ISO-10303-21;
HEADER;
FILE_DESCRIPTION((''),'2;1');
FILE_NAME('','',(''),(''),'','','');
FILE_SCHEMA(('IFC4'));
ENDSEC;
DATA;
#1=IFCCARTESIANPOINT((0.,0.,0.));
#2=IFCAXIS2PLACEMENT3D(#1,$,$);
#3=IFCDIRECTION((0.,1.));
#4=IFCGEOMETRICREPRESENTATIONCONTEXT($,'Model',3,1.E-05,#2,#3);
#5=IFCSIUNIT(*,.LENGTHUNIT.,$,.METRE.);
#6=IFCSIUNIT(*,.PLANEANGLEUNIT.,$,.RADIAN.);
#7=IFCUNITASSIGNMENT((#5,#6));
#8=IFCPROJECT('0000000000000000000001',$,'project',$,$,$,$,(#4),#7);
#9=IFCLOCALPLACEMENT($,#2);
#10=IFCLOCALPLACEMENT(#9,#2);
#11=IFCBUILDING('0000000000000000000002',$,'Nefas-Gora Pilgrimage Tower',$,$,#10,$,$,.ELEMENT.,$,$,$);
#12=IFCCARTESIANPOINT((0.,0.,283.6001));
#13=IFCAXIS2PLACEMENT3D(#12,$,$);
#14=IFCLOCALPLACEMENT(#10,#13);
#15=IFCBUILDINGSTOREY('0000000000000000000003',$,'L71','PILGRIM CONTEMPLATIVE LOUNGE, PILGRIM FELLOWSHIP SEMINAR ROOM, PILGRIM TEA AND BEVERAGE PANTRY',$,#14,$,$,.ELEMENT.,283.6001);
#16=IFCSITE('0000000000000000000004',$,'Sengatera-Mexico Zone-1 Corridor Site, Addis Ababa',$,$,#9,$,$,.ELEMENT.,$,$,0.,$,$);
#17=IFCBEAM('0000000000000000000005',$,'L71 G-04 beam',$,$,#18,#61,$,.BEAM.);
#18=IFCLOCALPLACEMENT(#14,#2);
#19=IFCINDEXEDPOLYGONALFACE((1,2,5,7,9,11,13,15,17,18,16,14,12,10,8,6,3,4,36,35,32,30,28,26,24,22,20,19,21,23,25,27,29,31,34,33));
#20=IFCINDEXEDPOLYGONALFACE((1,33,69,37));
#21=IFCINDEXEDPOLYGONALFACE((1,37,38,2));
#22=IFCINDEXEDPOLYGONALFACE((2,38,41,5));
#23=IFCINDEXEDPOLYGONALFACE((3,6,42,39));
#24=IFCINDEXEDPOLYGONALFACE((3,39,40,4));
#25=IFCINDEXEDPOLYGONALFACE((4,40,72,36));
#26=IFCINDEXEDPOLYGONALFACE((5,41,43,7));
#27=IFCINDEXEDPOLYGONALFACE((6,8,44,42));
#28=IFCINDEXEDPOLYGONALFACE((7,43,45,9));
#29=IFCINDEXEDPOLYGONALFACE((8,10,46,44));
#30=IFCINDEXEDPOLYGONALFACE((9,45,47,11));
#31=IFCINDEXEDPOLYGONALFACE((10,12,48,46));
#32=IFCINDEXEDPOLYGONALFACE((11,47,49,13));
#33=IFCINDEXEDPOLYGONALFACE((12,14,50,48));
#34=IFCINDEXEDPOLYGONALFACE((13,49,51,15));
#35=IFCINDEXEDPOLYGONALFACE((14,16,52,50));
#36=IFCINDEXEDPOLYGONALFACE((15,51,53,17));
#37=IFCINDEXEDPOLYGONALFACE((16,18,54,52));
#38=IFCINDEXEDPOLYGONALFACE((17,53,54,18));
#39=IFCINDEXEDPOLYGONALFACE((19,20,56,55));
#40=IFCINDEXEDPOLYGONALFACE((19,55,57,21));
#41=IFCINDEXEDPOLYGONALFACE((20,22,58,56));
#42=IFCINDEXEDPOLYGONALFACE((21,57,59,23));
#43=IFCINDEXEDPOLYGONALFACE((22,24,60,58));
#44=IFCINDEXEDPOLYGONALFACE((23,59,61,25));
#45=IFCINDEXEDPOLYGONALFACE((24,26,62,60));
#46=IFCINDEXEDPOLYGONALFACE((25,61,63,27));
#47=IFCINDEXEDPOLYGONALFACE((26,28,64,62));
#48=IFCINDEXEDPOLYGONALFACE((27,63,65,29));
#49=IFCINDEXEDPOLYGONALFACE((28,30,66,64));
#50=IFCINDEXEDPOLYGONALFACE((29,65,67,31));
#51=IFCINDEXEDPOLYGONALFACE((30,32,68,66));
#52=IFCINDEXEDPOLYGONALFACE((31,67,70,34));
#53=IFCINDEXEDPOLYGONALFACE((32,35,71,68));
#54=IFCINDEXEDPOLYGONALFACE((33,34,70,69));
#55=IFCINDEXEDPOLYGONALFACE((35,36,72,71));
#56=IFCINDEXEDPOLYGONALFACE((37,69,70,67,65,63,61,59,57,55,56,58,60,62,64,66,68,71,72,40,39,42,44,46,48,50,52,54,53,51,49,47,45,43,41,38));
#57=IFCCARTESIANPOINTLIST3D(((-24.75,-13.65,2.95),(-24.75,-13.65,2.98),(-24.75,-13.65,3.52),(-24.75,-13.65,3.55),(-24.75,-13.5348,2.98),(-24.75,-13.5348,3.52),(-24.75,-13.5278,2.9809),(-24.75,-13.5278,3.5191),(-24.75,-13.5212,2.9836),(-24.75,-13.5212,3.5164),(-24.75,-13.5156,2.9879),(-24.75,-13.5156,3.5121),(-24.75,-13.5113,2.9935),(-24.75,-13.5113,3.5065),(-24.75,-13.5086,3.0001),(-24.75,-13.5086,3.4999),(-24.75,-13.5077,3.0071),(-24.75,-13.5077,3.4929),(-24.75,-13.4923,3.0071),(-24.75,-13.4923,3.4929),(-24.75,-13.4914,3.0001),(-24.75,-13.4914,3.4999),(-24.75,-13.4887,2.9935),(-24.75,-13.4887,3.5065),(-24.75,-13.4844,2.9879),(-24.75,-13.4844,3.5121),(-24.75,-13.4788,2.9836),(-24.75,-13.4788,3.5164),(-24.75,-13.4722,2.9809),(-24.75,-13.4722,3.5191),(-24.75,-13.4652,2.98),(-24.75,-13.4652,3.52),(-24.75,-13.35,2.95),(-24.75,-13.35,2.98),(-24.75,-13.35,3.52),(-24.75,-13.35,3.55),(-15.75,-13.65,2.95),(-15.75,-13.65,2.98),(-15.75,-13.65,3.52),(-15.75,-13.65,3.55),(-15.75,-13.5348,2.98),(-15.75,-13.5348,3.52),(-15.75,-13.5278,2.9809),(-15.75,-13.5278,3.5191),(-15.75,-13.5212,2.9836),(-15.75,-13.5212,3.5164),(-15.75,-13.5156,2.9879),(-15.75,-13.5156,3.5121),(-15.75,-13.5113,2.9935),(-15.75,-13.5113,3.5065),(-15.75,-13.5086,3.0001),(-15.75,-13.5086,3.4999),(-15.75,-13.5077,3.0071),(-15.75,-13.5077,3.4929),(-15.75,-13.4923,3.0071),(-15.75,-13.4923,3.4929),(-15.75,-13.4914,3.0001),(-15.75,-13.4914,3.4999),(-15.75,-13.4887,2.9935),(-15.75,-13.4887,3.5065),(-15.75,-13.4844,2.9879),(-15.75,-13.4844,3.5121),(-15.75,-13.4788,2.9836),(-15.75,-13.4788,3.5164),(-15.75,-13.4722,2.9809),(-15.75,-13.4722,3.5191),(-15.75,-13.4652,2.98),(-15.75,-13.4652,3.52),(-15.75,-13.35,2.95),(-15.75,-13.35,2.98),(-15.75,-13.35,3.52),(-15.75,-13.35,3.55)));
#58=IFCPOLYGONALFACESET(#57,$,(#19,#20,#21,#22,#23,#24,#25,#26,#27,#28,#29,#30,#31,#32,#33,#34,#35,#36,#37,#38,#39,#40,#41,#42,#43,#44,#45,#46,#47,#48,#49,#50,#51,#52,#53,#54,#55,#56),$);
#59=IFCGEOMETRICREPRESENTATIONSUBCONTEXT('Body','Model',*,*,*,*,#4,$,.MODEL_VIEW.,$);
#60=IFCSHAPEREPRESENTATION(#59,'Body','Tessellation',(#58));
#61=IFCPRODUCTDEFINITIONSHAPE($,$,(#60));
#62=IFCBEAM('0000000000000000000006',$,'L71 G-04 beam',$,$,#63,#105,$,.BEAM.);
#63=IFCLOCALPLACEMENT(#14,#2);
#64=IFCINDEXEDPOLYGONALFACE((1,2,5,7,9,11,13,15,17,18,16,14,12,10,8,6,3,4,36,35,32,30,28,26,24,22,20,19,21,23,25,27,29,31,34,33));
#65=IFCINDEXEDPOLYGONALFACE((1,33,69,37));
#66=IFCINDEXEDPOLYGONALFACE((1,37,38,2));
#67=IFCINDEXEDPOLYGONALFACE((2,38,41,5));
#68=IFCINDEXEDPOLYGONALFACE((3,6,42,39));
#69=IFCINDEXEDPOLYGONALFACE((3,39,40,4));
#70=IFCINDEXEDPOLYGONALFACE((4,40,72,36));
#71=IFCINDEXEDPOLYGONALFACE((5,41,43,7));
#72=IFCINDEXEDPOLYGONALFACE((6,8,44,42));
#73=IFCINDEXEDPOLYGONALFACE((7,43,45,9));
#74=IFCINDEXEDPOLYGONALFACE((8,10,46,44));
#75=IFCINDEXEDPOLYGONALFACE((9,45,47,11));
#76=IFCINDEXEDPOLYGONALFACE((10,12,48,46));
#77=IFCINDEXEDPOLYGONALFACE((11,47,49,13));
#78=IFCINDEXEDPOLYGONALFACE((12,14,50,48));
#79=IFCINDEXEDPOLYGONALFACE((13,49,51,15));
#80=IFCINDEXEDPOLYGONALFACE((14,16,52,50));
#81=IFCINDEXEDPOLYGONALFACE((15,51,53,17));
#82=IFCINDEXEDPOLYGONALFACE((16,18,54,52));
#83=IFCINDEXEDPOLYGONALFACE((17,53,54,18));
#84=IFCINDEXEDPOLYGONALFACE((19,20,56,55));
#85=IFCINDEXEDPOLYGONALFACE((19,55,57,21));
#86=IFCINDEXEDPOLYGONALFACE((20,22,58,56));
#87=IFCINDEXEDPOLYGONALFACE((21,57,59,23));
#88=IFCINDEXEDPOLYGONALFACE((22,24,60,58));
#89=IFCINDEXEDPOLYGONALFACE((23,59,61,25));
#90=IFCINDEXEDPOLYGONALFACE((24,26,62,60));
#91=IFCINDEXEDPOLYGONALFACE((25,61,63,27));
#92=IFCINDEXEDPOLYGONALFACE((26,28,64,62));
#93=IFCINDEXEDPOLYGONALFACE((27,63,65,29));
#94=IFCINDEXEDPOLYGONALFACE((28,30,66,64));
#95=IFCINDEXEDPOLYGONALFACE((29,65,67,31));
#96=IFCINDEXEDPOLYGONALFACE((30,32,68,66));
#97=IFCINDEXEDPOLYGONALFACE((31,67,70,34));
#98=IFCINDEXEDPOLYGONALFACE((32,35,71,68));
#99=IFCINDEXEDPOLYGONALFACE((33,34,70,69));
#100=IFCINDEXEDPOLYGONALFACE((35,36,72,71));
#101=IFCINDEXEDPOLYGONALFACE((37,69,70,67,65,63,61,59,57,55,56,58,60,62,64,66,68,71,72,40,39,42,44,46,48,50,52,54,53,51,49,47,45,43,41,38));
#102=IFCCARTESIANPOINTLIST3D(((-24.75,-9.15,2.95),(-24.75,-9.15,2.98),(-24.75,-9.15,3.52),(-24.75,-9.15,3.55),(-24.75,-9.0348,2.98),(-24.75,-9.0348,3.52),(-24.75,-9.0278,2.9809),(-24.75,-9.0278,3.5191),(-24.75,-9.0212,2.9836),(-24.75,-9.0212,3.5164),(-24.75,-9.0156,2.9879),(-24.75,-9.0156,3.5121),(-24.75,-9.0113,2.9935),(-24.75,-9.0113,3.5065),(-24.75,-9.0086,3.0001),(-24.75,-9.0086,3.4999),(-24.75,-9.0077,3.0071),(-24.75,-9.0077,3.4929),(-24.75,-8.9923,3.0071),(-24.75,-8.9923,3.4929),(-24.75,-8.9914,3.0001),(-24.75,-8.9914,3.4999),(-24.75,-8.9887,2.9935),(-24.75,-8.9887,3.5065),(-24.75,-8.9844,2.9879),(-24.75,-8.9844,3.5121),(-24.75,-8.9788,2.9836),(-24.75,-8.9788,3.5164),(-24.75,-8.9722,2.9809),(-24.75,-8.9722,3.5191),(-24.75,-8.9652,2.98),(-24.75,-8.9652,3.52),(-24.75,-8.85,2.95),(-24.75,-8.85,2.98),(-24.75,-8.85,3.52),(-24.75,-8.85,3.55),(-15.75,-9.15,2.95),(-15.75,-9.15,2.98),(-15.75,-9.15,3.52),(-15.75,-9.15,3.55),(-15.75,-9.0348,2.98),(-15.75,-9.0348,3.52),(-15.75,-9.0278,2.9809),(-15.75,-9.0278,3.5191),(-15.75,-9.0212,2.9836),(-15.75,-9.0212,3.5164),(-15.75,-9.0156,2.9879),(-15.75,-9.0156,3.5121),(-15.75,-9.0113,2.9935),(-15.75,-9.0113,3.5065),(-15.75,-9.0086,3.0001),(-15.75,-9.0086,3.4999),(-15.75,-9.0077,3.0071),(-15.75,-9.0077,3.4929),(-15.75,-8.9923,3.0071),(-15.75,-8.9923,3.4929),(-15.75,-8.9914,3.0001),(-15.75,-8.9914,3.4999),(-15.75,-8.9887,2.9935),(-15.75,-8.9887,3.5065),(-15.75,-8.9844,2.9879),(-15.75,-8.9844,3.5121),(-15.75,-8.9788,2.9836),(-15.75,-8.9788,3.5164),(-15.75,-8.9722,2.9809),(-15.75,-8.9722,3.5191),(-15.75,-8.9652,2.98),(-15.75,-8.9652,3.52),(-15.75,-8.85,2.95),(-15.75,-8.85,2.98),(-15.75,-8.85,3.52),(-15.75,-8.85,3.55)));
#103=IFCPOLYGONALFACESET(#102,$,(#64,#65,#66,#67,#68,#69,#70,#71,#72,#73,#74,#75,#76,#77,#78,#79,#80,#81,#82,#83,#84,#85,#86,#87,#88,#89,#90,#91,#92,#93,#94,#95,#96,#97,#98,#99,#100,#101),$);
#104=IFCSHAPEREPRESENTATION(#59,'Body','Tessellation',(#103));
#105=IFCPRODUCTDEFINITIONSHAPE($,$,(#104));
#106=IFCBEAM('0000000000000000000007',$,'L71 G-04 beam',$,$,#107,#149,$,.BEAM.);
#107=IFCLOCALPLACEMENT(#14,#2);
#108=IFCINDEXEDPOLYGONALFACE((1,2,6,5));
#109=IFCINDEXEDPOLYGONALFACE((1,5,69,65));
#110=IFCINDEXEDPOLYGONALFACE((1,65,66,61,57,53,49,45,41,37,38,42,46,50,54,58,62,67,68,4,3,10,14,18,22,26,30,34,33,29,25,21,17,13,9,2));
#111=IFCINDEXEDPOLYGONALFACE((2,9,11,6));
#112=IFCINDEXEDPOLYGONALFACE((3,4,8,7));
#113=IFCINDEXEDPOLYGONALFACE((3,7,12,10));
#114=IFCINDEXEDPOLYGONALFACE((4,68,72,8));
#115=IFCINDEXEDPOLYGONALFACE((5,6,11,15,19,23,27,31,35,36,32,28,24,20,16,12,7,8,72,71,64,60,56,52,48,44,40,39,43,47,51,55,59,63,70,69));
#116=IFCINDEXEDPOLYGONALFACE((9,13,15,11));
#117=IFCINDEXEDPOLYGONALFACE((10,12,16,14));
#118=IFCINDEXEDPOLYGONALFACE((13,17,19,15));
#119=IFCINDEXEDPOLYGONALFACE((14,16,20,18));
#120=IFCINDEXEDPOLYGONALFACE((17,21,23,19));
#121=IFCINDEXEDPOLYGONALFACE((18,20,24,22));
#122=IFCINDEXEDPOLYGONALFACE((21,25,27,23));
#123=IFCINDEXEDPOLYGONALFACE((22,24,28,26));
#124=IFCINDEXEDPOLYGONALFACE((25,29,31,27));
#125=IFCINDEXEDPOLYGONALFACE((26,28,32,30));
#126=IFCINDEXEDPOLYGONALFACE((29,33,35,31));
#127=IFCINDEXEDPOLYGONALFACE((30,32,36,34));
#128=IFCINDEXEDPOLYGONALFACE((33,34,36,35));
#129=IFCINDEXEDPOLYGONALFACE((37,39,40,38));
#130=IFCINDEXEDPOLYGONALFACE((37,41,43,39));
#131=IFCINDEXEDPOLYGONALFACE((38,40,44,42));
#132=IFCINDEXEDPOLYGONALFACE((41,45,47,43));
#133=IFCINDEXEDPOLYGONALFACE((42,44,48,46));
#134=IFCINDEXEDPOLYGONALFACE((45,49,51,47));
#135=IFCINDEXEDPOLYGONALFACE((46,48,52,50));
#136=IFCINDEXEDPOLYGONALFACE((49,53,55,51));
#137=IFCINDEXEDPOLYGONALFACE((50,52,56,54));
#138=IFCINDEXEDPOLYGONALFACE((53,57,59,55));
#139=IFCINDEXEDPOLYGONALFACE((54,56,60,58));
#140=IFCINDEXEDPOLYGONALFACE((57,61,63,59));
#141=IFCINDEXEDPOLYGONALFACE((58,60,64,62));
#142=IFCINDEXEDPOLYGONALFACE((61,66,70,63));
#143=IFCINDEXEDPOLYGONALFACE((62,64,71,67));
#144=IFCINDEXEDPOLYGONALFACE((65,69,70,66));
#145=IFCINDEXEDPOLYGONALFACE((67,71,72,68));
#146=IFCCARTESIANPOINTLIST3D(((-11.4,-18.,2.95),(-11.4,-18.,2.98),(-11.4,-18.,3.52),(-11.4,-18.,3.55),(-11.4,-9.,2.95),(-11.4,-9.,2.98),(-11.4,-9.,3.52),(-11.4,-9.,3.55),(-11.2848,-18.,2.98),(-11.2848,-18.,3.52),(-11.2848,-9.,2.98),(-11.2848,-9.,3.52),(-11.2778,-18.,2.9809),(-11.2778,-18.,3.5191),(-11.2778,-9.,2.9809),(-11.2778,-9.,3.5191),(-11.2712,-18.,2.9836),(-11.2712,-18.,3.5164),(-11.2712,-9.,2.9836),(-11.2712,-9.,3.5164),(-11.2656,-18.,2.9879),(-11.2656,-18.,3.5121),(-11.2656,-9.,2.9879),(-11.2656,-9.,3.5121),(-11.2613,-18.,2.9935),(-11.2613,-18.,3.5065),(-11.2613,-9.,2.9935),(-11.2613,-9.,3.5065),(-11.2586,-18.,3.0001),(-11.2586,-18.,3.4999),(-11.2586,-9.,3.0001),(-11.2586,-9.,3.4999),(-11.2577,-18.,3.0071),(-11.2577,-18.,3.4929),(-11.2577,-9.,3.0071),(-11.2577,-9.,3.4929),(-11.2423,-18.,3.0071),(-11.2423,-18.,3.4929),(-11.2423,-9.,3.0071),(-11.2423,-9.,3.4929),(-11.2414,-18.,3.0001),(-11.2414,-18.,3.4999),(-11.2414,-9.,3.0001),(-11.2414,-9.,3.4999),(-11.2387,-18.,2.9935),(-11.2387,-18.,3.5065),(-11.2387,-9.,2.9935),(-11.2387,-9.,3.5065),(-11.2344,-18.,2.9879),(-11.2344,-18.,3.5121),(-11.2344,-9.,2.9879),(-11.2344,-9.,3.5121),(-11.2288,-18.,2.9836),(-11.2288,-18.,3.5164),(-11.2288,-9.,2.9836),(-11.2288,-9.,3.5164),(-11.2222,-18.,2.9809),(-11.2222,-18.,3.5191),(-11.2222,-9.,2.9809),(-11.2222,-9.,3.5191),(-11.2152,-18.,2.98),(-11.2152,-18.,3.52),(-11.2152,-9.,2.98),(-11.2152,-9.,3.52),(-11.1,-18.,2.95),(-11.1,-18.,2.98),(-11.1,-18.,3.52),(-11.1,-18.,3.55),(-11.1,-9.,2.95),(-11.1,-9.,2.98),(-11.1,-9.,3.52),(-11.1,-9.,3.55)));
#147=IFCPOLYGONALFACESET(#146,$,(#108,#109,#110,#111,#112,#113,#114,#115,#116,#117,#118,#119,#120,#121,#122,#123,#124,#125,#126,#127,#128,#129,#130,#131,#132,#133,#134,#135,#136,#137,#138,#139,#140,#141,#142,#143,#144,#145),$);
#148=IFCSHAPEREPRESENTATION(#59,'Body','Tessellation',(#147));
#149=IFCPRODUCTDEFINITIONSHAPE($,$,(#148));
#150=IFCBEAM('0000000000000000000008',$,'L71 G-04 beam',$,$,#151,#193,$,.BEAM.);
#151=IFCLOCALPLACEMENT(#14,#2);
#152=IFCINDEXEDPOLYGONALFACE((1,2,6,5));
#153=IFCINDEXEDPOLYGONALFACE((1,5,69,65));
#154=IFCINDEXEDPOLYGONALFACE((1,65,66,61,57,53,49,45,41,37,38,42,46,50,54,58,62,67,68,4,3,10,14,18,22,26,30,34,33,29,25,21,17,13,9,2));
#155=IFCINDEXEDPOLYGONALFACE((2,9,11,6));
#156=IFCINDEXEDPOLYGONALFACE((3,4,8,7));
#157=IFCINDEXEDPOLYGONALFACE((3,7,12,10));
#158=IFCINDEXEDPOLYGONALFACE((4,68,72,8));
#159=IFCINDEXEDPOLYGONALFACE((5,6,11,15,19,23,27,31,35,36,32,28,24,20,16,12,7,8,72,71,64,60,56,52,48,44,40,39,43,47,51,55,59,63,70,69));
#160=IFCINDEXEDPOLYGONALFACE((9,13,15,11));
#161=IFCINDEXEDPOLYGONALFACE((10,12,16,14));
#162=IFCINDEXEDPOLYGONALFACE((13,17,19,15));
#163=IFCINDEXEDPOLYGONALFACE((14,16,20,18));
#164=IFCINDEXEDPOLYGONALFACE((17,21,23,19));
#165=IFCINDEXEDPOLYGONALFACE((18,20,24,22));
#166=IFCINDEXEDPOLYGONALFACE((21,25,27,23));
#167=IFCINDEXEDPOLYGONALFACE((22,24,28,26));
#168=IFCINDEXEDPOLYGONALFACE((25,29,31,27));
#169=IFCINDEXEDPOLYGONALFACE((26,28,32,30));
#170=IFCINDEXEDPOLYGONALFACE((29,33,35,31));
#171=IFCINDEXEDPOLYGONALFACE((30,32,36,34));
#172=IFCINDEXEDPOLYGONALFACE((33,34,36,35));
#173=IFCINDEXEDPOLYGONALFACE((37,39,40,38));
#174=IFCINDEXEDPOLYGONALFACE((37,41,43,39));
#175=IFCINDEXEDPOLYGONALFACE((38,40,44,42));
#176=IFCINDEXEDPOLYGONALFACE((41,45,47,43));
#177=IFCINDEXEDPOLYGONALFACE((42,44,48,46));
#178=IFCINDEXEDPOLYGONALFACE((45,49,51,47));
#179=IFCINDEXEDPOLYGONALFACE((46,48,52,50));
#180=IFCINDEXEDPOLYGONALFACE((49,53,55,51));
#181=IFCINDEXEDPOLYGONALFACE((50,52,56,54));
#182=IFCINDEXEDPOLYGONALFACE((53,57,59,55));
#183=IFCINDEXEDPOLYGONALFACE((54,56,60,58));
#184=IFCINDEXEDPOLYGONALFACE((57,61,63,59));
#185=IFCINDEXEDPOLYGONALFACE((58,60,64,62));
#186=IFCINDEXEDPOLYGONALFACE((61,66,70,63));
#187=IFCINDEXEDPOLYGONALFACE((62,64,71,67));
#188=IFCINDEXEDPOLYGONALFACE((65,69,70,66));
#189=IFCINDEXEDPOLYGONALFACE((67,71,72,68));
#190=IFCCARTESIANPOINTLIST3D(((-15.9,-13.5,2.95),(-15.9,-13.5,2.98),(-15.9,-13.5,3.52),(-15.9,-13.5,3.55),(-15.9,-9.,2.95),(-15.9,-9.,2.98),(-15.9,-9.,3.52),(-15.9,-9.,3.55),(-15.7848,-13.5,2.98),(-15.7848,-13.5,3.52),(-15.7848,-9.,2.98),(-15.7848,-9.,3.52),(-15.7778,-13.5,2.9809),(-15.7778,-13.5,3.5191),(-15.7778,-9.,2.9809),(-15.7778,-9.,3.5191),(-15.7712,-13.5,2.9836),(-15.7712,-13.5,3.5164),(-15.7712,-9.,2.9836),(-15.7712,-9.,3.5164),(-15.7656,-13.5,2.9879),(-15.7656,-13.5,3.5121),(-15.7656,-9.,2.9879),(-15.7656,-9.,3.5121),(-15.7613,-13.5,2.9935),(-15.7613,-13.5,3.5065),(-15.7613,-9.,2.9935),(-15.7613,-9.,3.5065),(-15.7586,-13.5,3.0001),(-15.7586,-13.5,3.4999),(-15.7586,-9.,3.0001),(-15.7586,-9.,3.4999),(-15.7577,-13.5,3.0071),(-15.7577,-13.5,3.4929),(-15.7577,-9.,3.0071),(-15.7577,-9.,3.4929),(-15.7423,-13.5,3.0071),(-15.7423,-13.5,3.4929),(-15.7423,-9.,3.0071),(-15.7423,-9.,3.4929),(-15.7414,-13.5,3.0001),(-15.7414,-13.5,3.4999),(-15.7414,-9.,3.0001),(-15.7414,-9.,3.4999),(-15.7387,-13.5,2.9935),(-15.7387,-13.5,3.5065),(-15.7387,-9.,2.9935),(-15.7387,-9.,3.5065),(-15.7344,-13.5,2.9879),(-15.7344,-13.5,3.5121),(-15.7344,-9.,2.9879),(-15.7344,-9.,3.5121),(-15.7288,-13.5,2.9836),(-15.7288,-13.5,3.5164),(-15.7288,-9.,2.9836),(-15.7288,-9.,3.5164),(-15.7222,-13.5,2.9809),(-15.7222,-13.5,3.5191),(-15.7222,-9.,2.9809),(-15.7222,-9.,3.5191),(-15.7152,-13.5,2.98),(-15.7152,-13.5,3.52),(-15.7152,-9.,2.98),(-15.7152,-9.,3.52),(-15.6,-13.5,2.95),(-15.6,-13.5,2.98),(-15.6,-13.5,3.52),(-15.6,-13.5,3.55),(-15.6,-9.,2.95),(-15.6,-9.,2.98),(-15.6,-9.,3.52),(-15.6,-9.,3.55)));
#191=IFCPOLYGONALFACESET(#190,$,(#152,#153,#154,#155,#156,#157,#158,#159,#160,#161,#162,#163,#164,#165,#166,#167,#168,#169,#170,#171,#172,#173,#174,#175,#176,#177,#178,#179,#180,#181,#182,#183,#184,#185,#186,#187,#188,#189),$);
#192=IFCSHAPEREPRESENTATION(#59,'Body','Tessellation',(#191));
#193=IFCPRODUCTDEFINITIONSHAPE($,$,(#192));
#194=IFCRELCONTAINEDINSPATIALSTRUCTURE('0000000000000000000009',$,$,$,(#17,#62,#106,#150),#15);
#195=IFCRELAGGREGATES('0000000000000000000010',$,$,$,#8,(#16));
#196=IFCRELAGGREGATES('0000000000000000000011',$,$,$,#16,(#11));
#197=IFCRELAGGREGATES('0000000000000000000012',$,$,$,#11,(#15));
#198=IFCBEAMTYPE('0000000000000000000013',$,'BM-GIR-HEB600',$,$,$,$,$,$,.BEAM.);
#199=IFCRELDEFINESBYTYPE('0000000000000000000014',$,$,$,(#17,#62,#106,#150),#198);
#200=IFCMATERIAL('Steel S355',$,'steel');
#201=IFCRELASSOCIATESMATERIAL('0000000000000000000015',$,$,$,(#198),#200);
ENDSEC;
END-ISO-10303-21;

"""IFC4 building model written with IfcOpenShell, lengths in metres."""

from ifc_helpers import new_model, si_unit, direction, frame, origin, origin_2d, place, context, subcontext, project, spatial, i_section, extrude, source, transform, mapped, material, material_profile, profile_set, type_object, element, save


model = new_model("IFC4")

# Units and contexts
model_context = context("Model", 3, precision=1e-05, world=origin(), true_north=direction((0.0, 1.0)))
body_context = subcontext(model_context, "Body", "Model", "MODEL_VIEW")
ifc_project = project(units=[si_unit("LENGTHUNIT", "METRE"), si_unit("PLANEANGLEUNIT", "RADIAN")], contexts=[model_context])

# Site, building, storey
site_placement = place(None, origin())
site = spatial("IfcSite", under=ifc_project, at=site_placement, Name="Sengatera-Mexico Zone-1 Corridor Site, Addis Ababa", CompositionType="ELEMENT", RefElevation=0.0)
building_placement = place(site_placement, origin())
building = spatial("IfcBuilding", under=site, at=building_placement, Name="Nefas-Gora Pilgrimage Tower", CompositionType="ELEMENT")
storey_placement = place(building_placement, frame((0.0, 0.0, 283.6001)))
storey = spatial("IfcBuildingStorey", under=building, at=storey_placement, Name="L71", Description="PILGRIM CONTEMPLATIVE LOUNGE, PILGRIM FELLOWSHIP SEMINAR ROOM, PILGRIM TEA AND BEVERAGE PANTRY", CompositionType="ELEMENT", Elevation=283.6001)

# Shared definitions
ifc_material_1 = material(Name="Steel S355", Category="steel")

# Beams
ifc_material_profile_1 = material_profile(ifc_material_1, i_section(OverallWidth=0.3, OverallDepth=0.6001, WebThickness=0.0154, FlangeThickness=0.03, FilletRadius=0.0271, at=origin_2d()), Name="HEB 600")
ifc_profile_set_1 = profile_set([ifc_material_profile_1], Name="Steel S355")
beam_type_1 = type_object("IfcBeamType", Name="BM-GIR-HEB600", PredefinedType="BEAM", material=ifc_profile_set_1)
shared_shape_1 = source(origin(), body_context, "Body", "SweptSolid", [
    extrude(i_section(OverallWidth=0.3, OverallDepth=0.6001, WebThickness=0.0154, FlangeThickness=0.03, FilletRadius=0.0271, at=origin_2d()), origin(), (0.0, 0.0, 1.0), 9.0),
])
for number, where, z_axis, x_axis, name in (
    (1, (-24.75, -13.5, 3.25), (1.0, 0.0, 0.0), (0.0, 1.0, 0.0), "L71 G-04 beam"),
    (2, (-24.75, -9.0, 3.25), (1.0, 0.0, 0.0), (0.0, 1.0, 0.0), "L71 G-04 beam"),
    (3, (-11.25, -18.0, 3.25), (0.0, 1.0, 0.0), (-1.0, 0.0, 0.0), "L71 G-04 beam"),
):
    element("IfcBeam", number, at=place(storey_placement, frame(where, z_axis=z_axis, x_axis=x_axis)), inside=storey, type_object=beam_type_1, Name=name, PredefinedType="BEAM", context=body_context, shape_type="MappedRepresentation", body=[
        mapped(shared_shape_1, transform((0.0, 0.0, 0.0), x_axis=(1.0, 0.0, 0.0), y_axis=(0.0, 1.0, 0.0), z_axis=(0.0, 0.0, 1.0), scale=1.0)),
    ])
shared_shape_2 = source(origin(), body_context, "Body", "SweptSolid", [
    extrude(i_section(OverallWidth=0.3, OverallDepth=0.6001, WebThickness=0.0154, FlangeThickness=0.03, FilletRadius=0.0271, at=origin_2d()), origin(), (0.0, 0.0, 1.0), 4.5),
])
beam_placement = place(storey_placement, frame((-15.75, -13.5, 3.25), z_axis=(0.0, 1.0, 0.0), x_axis=(-1.0, 0.0, 0.0)))
element("IfcBeam", 4, at=beam_placement, inside=storey, type_object=beam_type_1, Name="L71 G-04 beam", PredefinedType="BEAM", context=body_context, shape_type="MappedRepresentation", body=[
    mapped(shared_shape_2, transform((0.0, 0.0, 0.0), x_axis=(1.0, 0.0, 0.0), y_axis=(0.0, 1.0, 0.0), z_axis=(0.0, 0.0, 1.0), scale=1.0)),
])

save(model, "model.ifc")
